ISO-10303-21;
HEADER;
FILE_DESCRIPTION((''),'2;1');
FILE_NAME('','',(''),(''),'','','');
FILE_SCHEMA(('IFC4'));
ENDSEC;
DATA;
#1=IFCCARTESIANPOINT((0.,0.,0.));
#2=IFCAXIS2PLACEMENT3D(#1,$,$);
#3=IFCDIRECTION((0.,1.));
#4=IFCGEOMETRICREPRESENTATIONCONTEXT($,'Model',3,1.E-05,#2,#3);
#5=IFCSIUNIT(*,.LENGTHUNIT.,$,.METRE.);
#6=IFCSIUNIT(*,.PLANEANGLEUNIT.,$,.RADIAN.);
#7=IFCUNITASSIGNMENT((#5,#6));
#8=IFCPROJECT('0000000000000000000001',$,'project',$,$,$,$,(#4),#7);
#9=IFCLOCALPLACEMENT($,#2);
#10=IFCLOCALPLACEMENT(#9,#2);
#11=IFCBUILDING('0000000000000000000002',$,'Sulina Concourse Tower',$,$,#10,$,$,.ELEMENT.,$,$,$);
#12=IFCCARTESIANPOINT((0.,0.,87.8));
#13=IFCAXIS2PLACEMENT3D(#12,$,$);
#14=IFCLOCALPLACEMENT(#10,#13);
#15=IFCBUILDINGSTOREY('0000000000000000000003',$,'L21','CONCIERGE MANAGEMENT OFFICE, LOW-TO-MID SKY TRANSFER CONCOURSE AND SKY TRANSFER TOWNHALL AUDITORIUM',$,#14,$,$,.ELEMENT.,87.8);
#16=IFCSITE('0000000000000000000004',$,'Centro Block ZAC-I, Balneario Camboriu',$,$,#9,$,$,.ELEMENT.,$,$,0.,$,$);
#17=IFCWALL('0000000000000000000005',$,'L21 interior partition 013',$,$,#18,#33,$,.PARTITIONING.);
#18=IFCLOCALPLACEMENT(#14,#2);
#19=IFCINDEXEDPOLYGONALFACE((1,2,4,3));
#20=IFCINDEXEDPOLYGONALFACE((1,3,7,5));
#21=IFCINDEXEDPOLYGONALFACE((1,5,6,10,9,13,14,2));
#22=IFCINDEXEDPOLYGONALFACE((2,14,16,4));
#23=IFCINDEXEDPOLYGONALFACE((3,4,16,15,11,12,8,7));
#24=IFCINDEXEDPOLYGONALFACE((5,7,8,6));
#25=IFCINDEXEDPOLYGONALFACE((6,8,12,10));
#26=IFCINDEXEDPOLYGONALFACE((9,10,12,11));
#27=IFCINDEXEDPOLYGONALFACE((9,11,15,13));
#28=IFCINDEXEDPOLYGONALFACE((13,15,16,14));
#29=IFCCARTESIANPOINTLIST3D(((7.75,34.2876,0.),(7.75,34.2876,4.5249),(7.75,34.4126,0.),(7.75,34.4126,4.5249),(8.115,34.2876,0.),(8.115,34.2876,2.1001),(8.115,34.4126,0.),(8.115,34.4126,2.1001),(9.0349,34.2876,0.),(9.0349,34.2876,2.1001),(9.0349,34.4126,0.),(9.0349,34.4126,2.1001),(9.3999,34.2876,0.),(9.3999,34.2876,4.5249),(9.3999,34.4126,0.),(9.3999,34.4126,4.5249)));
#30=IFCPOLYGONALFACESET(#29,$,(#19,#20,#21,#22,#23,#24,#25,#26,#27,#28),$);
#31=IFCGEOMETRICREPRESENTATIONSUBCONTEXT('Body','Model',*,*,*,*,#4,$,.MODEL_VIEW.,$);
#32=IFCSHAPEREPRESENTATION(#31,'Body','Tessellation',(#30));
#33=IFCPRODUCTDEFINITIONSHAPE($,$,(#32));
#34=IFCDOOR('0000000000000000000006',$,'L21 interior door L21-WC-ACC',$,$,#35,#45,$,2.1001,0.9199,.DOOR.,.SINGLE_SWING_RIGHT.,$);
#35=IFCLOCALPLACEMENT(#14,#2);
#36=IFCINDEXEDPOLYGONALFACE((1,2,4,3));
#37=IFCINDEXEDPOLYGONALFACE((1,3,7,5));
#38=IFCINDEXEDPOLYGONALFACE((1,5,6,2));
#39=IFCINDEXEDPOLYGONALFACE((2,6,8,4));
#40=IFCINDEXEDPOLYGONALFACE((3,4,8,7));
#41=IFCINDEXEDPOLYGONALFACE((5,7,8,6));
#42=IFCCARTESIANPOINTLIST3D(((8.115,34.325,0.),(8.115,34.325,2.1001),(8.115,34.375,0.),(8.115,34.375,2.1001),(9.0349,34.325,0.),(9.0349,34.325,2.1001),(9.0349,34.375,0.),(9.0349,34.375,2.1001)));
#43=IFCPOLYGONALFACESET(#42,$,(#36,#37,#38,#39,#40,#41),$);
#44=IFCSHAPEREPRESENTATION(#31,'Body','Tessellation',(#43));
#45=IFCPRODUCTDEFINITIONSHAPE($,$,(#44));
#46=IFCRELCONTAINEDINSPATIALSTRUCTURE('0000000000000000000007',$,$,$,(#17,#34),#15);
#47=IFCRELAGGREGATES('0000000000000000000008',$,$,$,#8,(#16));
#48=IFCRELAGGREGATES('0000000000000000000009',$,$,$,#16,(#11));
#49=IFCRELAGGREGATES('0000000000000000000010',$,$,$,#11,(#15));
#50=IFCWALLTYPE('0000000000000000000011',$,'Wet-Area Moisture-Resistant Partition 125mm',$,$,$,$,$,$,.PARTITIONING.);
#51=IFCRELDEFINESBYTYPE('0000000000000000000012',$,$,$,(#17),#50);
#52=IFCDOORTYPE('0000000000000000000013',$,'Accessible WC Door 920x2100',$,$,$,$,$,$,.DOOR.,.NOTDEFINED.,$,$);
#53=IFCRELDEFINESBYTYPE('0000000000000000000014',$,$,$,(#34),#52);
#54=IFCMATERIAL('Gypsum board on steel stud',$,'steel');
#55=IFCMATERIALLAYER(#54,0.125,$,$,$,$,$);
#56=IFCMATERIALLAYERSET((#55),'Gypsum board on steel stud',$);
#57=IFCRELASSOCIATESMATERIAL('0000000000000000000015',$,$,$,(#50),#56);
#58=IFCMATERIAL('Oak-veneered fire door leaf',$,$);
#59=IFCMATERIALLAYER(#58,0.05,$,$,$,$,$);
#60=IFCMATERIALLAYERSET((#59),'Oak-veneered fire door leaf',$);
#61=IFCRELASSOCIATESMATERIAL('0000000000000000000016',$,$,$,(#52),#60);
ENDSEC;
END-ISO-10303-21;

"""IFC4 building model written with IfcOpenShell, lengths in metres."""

from ifc_helpers import new_model, si_unit, direction, frame, frame_2d, origin, place, context, subcontext, project, spatial, rectangle, extrude, material, layer, layer_set, type_object, element, fill, save


model = new_model("IFC4")

# Units and contexts
model_context = context("Model", 3, precision=1e-05, world=origin(), true_north=direction((0.0, 1.0)))
body_context = subcontext(model_context, "Body", "Model", "MODEL_VIEW")
ifc_project = project(units=[si_unit("LENGTHUNIT", "METRE"), si_unit("PLANEANGLEUNIT", "RADIAN")], contexts=[model_context])

# Site, building, storey
site_placement = place(None, origin())
site = spatial("IfcSite", under=ifc_project, at=site_placement, Name="Centro Block ZAC-I, Balneario Camboriu", CompositionType="ELEMENT", RefElevation=0.0)
building_placement = place(site_placement, origin())
building = spatial("IfcBuilding", under=site, at=building_placement, Name="Sulina Concourse Tower", CompositionType="ELEMENT")
storey_placement = place(building_placement, frame((0.0, 0.0, 87.8)))
storey = spatial("IfcBuildingStorey", under=building, at=storey_placement, Name="L21", Description="CONCIERGE MANAGEMENT OFFICE, LOW-TO-MID SKY TRANSFER CONCOURSE AND SKY TRANSFER TOWNHALL AUDITORIUM", CompositionType="ELEMENT", Elevation=87.8)

# Wall, opening, door
ifc_material_1 = material(Name="Gypsum board on steel stud", Category="steel")
ifc_layer_1 = layer(ifc_material_1, 0.125)
ifc_layer_set_1 = layer_set([ifc_layer_1], Name="Gypsum board on steel stud")
wall_type_1 = type_object("IfcWallType", Name="Wet-Area Moisture-Resistant Partition 125mm", PredefinedType="PARTITIONING", material=ifc_layer_set_1)
wall_1_placement = place(storey_placement, frame((7.75, 34.3501, 0.0), z_axis=(0.0, 0.0, 1.0), x_axis=(1.0, 0.0, 0.0)))
wall_1 = element("IfcWall", 1, at=wall_1_placement, inside=storey, type_object=wall_type_1, Name="L21 interior partition 013", PredefinedType="PARTITIONING", context=body_context, shape_type="SweptSolid", body=[
    extrude(rectangle(XDim=1.6499, YDim=0.125, at=frame_2d((0.825, 0.0))), origin(), (0.0, 0.0, 1.0), 4.5249),
])
opening_1_placement = place(wall_1_placement, frame((0.365, 0.0, 0.0)))
opening_1 = element("IfcOpeningElement", 2, at=opening_1_placement, cuts=wall_1, PredefinedType="OPENING", context=body_context, shape_type="SweptSolid", body=[
    extrude(rectangle(XDim=0.9199, YDim=2.1001, at=frame_2d((0.46, 1.05))), frame((0.0, 0.0725, 0.0), z_axis=(0.0, -1.0, 0.0), x_axis=(1.0, 0.0, 0.0)), (0.0, 0.0, 1.0), 0.145),
])
ifc_material_2 = material(Name="Oak-veneered fire door leaf")
ifc_layer_2 = layer(ifc_material_2, 0.05)
ifc_layer_set_2 = layer_set([ifc_layer_2], Name="Oak-veneered fire door leaf")
door_type_1 = type_object("IfcDoorType", Name="Accessible WC Door 920x2100", OperationType="NOTDEFINED", PredefinedType="DOOR", material=ifc_layer_set_2)
door_1_placement = place(opening_1_placement, origin())
door_1 = element("IfcDoor", 3, at=door_1_placement, inside=storey, type_object=door_type_1, Name="L21 interior door L21-WC-ACC", OperationType="SINGLE_SWING_RIGHT", OverallHeight=2.1001, OverallWidth=0.9199, PredefinedType="DOOR", context=body_context, shape_type="SweptSolid", body=[
    extrude(rectangle(XDim=0.9199, YDim=2.1001, at=frame_2d((0.46, 1.05))), frame((0.0, 0.0249, 0.0), z_axis=(0.0, -1.0, 0.0), x_axis=(1.0, 0.0, 0.0)), (0.0, 0.0, 1.0), 0.05),
])
fill(opening_1, door_1)

save(model, "model.ifc")
